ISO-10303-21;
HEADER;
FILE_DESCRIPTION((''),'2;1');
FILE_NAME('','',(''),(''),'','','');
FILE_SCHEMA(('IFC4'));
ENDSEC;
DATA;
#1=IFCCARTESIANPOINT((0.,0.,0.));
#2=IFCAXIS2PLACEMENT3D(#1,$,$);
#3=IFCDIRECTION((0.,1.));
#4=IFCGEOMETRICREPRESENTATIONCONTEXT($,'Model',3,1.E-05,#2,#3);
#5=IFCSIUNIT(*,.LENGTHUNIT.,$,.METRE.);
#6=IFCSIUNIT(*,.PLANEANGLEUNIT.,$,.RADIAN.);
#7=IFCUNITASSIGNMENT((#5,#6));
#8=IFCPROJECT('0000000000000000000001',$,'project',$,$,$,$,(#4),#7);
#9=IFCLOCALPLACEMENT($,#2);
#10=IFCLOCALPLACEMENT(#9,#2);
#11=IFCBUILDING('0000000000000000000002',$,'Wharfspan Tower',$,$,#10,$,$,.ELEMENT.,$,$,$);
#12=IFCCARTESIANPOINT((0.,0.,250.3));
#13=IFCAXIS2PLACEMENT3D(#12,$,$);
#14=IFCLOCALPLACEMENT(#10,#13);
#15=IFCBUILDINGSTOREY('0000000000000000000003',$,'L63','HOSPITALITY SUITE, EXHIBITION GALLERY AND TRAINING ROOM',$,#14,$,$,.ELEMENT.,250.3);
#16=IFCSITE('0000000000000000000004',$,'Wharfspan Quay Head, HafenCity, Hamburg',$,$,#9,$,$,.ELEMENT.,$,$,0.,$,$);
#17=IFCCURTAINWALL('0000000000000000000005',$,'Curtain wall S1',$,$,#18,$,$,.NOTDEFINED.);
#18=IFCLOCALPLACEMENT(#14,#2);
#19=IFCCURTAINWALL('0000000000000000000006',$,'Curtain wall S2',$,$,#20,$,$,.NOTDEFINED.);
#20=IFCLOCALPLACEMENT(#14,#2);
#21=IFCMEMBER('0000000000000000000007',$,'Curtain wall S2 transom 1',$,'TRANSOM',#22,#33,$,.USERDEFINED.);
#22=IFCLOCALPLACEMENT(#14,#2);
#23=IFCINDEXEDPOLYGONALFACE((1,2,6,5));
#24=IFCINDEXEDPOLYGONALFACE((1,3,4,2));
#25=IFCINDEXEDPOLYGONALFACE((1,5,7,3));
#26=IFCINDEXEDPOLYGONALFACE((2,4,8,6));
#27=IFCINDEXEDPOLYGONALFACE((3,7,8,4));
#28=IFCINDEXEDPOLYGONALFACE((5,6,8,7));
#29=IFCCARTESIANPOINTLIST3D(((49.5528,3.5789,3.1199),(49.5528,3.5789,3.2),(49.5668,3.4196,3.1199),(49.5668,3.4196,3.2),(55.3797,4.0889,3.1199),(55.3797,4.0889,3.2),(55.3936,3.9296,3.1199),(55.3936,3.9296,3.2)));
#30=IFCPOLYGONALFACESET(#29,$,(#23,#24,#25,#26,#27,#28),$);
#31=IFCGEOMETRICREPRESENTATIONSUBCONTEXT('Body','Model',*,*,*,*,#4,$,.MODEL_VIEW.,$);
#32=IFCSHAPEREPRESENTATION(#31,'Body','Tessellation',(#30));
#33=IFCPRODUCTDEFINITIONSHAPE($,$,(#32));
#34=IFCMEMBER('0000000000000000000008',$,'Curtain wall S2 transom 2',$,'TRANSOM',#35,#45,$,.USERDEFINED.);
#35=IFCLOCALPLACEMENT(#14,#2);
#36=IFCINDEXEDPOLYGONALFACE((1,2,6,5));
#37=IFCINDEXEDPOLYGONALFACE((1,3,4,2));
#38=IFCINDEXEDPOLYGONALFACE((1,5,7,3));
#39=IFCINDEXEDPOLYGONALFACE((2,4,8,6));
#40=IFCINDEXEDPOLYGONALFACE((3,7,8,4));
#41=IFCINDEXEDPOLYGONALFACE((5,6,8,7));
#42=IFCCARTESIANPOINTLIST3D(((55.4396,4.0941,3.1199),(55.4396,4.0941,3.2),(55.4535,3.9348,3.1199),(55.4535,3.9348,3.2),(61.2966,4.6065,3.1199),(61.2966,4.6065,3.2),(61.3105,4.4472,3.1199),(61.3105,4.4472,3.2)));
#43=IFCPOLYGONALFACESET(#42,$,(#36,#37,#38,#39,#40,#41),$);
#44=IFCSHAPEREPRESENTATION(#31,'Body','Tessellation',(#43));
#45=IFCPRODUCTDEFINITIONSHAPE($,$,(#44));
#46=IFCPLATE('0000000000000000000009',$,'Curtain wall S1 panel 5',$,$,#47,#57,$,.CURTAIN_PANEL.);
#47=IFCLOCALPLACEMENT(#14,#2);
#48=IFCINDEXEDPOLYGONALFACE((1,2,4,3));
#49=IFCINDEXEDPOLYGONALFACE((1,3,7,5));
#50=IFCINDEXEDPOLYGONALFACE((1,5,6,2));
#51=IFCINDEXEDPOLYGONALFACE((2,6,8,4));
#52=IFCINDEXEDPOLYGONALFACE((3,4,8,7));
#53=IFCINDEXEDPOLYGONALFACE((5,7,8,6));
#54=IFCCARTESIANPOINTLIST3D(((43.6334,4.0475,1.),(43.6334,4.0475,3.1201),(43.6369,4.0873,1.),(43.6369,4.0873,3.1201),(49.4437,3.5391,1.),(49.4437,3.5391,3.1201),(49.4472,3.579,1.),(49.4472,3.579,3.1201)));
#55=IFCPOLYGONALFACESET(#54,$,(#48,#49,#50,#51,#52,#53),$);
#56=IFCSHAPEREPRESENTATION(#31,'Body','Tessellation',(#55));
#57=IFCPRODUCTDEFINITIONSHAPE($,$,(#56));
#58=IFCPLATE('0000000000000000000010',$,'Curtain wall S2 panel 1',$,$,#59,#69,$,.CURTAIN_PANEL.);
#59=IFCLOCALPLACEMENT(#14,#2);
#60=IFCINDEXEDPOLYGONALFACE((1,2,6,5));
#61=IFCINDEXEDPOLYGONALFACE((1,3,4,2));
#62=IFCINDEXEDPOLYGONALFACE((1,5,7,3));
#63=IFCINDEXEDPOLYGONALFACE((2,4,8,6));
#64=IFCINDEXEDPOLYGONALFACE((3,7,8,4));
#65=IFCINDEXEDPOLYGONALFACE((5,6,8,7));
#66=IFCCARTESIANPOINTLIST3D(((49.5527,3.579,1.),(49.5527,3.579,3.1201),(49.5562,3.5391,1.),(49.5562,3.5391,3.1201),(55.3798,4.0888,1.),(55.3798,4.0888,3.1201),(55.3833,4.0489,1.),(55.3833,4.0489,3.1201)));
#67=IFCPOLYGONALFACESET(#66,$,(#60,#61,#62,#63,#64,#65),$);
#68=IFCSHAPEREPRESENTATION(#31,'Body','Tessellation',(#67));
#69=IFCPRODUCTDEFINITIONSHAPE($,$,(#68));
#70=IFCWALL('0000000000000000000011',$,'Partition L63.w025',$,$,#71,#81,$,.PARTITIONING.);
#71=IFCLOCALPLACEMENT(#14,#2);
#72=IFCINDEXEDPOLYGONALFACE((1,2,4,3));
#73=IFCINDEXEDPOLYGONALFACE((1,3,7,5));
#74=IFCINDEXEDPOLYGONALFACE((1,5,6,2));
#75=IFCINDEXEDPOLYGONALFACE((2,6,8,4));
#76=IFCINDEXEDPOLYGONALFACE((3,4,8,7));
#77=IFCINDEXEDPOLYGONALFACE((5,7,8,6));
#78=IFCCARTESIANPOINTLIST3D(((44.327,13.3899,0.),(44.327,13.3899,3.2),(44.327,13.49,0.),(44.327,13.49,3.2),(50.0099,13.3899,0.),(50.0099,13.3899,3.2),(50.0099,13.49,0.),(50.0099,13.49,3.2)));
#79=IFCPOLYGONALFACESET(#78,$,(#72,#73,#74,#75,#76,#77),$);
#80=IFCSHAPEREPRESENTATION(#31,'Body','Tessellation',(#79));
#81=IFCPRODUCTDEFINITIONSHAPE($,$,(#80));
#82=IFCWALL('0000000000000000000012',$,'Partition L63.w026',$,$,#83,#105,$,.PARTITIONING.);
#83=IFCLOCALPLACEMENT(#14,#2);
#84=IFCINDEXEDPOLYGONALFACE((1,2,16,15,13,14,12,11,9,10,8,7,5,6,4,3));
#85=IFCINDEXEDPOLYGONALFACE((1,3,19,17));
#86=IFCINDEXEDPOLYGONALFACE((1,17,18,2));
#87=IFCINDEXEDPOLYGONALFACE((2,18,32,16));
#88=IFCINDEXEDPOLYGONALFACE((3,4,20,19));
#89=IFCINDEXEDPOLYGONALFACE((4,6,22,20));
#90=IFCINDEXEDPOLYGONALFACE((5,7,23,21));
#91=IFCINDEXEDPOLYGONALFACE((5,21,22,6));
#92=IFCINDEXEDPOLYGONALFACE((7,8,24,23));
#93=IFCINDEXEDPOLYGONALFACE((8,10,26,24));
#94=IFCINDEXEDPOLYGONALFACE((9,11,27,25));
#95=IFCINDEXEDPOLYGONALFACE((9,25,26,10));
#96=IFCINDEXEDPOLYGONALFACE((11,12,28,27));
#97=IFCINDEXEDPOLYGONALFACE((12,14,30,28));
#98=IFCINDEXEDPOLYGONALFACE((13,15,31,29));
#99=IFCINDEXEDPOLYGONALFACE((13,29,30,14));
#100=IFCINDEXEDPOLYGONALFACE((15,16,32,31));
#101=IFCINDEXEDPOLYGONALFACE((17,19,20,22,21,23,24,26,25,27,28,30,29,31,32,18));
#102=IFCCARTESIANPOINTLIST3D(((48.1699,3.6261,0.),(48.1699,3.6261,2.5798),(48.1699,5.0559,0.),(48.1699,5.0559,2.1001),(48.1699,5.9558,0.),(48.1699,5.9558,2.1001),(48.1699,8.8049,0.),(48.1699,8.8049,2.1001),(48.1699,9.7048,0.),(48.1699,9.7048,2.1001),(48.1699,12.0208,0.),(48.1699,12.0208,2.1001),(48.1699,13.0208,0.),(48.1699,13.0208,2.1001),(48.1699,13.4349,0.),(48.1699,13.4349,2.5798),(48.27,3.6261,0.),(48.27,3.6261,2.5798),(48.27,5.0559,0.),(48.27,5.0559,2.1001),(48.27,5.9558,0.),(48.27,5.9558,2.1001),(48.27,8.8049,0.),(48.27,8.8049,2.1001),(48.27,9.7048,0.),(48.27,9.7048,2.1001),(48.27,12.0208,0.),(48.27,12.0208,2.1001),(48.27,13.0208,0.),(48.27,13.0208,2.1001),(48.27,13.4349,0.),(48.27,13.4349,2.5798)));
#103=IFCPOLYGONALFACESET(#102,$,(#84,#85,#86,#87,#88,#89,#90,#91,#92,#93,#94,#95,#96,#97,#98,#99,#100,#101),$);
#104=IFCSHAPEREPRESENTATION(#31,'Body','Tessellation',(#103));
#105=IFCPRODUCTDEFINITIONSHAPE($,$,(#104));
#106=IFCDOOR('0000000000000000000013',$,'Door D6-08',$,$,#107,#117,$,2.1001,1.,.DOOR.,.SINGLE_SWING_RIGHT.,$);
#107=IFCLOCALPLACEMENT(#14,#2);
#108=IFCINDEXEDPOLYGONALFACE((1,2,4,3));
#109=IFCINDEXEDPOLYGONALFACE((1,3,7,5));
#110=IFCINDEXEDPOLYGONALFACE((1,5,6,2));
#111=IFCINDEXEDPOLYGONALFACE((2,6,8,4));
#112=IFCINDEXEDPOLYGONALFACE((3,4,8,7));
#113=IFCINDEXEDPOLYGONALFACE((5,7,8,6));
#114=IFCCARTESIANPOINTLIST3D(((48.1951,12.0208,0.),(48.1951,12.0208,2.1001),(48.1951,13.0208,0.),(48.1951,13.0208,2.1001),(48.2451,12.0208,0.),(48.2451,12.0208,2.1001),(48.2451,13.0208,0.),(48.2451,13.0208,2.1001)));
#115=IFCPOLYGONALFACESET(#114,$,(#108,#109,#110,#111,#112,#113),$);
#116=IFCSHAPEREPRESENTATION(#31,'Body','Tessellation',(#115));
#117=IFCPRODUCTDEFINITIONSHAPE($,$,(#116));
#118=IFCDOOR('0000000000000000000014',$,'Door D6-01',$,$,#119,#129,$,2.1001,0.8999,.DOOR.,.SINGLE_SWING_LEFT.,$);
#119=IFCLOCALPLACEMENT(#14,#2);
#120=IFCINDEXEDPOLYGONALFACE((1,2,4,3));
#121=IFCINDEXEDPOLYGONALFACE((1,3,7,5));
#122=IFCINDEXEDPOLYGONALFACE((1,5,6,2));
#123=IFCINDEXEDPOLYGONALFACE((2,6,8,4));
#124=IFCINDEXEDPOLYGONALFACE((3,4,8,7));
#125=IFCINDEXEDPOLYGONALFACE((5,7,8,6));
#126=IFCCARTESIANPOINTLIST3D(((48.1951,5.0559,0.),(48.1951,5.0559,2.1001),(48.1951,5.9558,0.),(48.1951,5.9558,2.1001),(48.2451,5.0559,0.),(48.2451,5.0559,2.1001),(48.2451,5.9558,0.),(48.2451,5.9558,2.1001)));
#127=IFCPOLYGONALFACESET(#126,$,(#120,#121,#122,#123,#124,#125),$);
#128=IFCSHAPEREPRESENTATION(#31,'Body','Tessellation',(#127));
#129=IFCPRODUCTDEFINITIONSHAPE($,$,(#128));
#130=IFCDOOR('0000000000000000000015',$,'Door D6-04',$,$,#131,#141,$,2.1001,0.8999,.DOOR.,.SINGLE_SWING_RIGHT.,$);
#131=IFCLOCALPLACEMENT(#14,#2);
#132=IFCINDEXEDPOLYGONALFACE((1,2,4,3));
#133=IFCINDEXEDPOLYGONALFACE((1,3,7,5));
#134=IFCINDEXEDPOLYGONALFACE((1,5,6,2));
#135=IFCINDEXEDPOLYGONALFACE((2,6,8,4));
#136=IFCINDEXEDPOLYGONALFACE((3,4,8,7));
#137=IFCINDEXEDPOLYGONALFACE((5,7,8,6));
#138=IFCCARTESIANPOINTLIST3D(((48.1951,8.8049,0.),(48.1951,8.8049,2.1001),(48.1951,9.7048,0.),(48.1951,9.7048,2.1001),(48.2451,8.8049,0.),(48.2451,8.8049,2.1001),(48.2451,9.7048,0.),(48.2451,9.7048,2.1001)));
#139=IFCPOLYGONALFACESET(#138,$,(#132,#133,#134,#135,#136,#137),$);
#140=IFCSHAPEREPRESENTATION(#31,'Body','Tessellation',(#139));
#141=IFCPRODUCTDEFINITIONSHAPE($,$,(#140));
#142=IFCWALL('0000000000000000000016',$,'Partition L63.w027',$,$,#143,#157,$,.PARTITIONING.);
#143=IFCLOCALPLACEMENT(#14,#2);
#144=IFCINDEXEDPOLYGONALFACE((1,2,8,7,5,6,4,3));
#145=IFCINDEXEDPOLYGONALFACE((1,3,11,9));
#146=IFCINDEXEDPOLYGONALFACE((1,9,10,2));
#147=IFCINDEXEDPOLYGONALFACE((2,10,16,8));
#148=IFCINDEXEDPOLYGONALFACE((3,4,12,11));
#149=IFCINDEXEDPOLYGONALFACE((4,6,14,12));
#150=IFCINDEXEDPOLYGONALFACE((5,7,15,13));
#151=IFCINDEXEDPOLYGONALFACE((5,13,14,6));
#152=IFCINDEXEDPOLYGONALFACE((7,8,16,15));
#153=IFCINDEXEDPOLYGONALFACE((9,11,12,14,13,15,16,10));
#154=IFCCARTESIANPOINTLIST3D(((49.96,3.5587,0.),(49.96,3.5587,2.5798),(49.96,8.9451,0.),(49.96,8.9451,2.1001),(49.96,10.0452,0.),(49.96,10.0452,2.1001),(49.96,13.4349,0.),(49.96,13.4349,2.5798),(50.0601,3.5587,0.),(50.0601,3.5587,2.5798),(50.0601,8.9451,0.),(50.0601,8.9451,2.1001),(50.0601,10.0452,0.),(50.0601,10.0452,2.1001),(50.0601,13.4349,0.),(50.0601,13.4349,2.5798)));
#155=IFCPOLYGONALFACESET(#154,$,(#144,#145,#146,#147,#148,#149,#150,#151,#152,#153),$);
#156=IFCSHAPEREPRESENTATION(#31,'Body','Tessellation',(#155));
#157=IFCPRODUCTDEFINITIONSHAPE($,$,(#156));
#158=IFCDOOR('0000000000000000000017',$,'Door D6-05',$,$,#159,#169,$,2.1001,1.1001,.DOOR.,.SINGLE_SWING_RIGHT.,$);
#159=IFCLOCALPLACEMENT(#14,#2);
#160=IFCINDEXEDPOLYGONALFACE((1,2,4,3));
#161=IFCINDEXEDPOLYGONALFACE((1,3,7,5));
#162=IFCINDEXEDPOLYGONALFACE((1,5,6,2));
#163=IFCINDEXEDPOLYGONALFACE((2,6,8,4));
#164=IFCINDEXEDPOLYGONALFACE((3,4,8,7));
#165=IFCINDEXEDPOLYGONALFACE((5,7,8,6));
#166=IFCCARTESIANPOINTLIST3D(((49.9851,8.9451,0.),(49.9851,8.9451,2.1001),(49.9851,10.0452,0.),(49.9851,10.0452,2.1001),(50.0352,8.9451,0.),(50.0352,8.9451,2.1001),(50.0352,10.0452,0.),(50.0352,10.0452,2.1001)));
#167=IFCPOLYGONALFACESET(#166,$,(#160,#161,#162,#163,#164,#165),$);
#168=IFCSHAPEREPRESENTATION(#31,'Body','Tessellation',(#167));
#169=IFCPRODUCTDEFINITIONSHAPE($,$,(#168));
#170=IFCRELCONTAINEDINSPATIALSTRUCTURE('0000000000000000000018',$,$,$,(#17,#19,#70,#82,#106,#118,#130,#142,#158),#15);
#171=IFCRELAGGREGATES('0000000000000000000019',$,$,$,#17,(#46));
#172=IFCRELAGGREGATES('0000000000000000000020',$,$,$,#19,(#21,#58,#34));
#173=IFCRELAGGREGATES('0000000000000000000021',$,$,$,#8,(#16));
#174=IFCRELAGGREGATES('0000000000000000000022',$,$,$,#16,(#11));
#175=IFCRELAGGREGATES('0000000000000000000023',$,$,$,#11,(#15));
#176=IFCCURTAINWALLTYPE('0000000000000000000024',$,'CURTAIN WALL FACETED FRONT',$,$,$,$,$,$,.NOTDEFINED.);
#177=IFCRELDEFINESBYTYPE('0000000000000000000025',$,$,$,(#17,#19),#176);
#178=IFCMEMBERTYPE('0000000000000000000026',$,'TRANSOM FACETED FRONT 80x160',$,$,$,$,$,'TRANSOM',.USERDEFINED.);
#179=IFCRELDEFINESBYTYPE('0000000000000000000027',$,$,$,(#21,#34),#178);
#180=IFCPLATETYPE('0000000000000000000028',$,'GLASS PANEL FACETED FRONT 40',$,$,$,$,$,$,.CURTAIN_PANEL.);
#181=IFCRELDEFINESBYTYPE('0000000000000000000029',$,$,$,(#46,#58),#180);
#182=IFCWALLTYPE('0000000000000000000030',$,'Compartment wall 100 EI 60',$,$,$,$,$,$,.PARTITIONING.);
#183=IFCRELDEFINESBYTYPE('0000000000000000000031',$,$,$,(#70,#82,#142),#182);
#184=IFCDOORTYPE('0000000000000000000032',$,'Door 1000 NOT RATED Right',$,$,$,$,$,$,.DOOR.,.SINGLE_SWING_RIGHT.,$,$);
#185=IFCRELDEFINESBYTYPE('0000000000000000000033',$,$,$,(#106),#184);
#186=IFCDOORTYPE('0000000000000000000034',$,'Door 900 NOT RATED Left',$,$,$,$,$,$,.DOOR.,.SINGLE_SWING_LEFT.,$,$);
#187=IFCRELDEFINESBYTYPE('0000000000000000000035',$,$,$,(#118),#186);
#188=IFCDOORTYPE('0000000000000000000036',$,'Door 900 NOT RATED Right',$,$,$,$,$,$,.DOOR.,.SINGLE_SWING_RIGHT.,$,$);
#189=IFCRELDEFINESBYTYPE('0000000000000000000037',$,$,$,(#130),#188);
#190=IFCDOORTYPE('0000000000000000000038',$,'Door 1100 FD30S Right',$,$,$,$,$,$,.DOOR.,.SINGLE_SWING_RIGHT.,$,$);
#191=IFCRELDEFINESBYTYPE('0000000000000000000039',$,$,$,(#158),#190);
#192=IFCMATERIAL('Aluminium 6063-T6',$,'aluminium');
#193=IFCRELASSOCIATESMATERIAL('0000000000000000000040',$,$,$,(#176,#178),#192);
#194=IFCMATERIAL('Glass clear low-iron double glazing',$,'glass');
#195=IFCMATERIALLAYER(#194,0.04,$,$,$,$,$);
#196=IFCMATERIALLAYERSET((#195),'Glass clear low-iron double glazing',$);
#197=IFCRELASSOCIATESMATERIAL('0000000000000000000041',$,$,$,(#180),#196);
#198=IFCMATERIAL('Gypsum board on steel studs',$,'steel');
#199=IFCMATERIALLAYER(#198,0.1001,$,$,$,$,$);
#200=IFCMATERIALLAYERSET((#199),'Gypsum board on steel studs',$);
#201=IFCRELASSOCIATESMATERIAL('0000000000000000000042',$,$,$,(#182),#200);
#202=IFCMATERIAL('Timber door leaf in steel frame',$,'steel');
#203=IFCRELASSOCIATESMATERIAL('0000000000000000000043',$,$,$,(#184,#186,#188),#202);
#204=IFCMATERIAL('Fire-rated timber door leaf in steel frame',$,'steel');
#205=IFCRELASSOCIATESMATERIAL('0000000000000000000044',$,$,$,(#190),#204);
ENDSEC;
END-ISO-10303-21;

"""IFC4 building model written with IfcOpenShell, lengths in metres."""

from ifc_helpers import new_model, si_unit, direction, frame, frame_2d, origin, origin_2d, place, context, subcontext, project, spatial, rectangle, extrude, material, layer, layer_set, material_profile, profile_set, type_object, element, fill, aggregate, save


model = new_model("IFC4")

# Units and contexts
model_context = context("Model", 3, precision=1e-05, world=origin(), true_north=direction((0.0, 1.0)))
body_context = subcontext(model_context, "Body", "Model", "MODEL_VIEW")
ifc_project = project(units=[si_unit("LENGTHUNIT", "METRE"), si_unit("PLANEANGLEUNIT", "RADIAN")], contexts=[model_context])

# Site, building, storey
site_placement = place(None, origin())
site = spatial("IfcSite", under=ifc_project, at=site_placement, Name="Wharfspan Quay Head, HafenCity, Hamburg", CompositionType="ELEMENT", RefElevation=0.0)
building_placement = place(site_placement, origin())
building = spatial("IfcBuilding", under=site, at=building_placement, Name="Wharfspan Tower", CompositionType="ELEMENT")
storey_placement = place(building_placement, frame((0.0, 0.0, 250.3)))
storey = spatial("IfcBuildingStorey", under=building, at=storey_placement, Name="L63", Description="HOSPITALITY SUITE, EXHIBITION GALLERY AND TRAINING ROOM", CompositionType="ELEMENT", Elevation=250.3)

# Curtain wall
ifc_material_1 = material(Name="Aluminium 6063-T6", Category="aluminium")
curtain_wall_type = type_object("IfcCurtainWallType", Name="CURTAIN WALL FACETED FRONT", PredefinedType="NOTDEFINED", material=ifc_material_1)
curtain_wall_1_placement = place(storey_placement, origin())
curtain_wall_1 = element("IfcCurtainWall", 1, at=curtain_wall_1_placement, inside=storey, type_object=curtain_wall_type, Name="Curtain wall S1", PredefinedType="NOTDEFINED")

# Curtain wall, members
curtain_wall_2_placement = place(storey_placement, origin())
curtain_wall_2 = element("IfcCurtainWall", 2, at=curtain_wall_2_placement, inside=storey, type_object=curtain_wall_type, Name="Curtain wall S2", PredefinedType="NOTDEFINED")
ifc_material_profile_1 = material_profile(ifc_material_1, rectangle(XDim=0.1599, YDim=0.0801, at=origin_2d()))
ifc_profile_set_1 = profile_set([ifc_material_profile_1], Name="Aluminium 6063-T6")
member_type_1 = type_object("IfcMemberType", Name="TRANSOM FACETED FRONT 80x160", ElementType="TRANSOM", PredefinedType="USERDEFINED", material=ifc_profile_set_1)
member_1_placement = place(storey_placement, frame((49.5598, 3.4993, 3.1599), z_axis=(0.996191, 0.087193, 0.0), x_axis=(-0.087193, 0.996191, 0.0)))
member_1 = element("IfcMember", 3, at=member_1_placement, type_object=member_type_1, Name="Curtain wall S2 transom 1", ObjectType="TRANSOM", PredefinedType="USERDEFINED", context=body_context, shape_type="SweptSolid", body=[
    extrude(rectangle(XDim=0.1599, YDim=0.0801, at=origin_2d()), origin(), (0.0, 0.0, 1.0), 5.8491),
])
member_2_placement = place(storey_placement, frame((55.4465, 4.0144, 3.1599), z_axis=(0.996194, 0.087162, 0.0), x_axis=(-0.087162, 0.996194, 0.0)))
member_2 = element("IfcMember", 4, at=member_2_placement, type_object=member_type_1, Name="Curtain wall S2 transom 2", ObjectType="TRANSOM", PredefinedType="USERDEFINED", context=body_context, shape_type="SweptSolid", body=[
    extrude(rectangle(XDim=0.1599, YDim=0.0801, at=origin_2d()), origin(), (0.0, 0.0, 1.0), 5.8794),
])

# Plates
ifc_material_2 = material(Name="Glass clear low-iron double glazing", Category="glass")
ifc_layer_1 = layer(ifc_material_2, 0.04)
ifc_layer_set_1 = layer_set([ifc_layer_1], Name="Glass clear low-iron double glazing")
plate_type = type_object("IfcPlateType", Name="GLASS PANEL FACETED FRONT 40", PredefinedType="CURTAIN_PANEL", material=ifc_layer_set_1)
plate_1_placement = place(storey_placement, frame((46.5403, 3.8132, 1.0), z_axis=(0.0, 0.0, 1.0), x_axis=(0.996197, -0.087156, 0.0)))
plate_1 = element("IfcPlate", 5, at=plate_1_placement, type_object=plate_type, Name="Curtain wall S1 panel 5", PredefinedType="CURTAIN_PANEL", context=body_context, shape_type="SweptSolid", body=[
    extrude(rectangle(XDim=5.8325, YDim=0.04, at=origin_2d()), origin(), (0.0, 0.0, 1.0), 2.1201),
])
aggregate(curtain_wall_1, [plate_1])
plate_2_placement = place(storey_placement, frame((52.468, 3.814, 1.0), z_axis=(0.0, 0.0, 1.0), x_axis=(0.996197, 0.087156, 0.0)))
plate_2 = element("IfcPlate", 6, at=plate_2_placement, type_object=plate_type, Name="Curtain wall S2 panel 1", PredefinedType="CURTAIN_PANEL", context=body_context, shape_type="SweptSolid", body=[
    extrude(rectangle(XDim=5.8494, YDim=0.04, at=origin_2d()), origin(), (0.0, 0.0, 1.0), 2.1201),
])
aggregate(curtain_wall_2, [member_1, plate_2, member_2])

# Wall
ifc_material_3 = material(Name="Gypsum board on steel studs", Category="steel")
ifc_layer_2 = layer(ifc_material_3, 0.1001)
ifc_layer_set_2 = layer_set([ifc_layer_2], Name="Gypsum board on steel studs")
wall_type_1 = type_object("IfcWallType", Name="Compartment wall 100 EI 60", PredefinedType="PARTITIONING", material=ifc_layer_set_2)
wall_1_placement = place(storey_placement, frame((44.3271, 13.4399, 0.0), z_axis=(0.0, 0.0, 1.0), x_axis=(1.0, 0.0, 0.0)))
element("IfcWall", 7, at=wall_1_placement, inside=storey, type_object=wall_type_1, Name="Partition L63.w025", PredefinedType="PARTITIONING", context=body_context, shape_type="SweptSolid", body=[
    extrude(rectangle(XDim=5.6829, YDim=0.1001, at=frame_2d((2.8413, 0.0))), origin(), (0.0, 0.0, 1.0), 3.2),
])

# Wall, openings, doors
wall_2_placement = place(storey_placement, frame((48.22, 3.6262, 0.0), z_axis=(0.0, 0.0, 1.0), x_axis=(0.0, 1.0, 0.0)))
wall_2 = element("IfcWall", 8, at=wall_2_placement, inside=storey, type_object=wall_type_1, Name="Partition L63.w026", PredefinedType="PARTITIONING", context=body_context, shape_type="SweptSolid", body=[
    extrude(rectangle(XDim=9.8088, YDim=0.1001, at=frame_2d((4.9043, 0.0))), origin(), (0.0, 0.0, 1.0), 2.5798),
])
opening_1_placement = place(wall_2_placement, frame((1.4297, 0.0, 0.0)))
opening_1 = element("IfcOpeningElement", 9, at=opening_1_placement, cuts=wall_2, PredefinedType="OPENING", context=body_context, shape_type="SweptSolid", body=[
    extrude(rectangle(XDim=0.8999, YDim=2.1001, at=frame_2d((0.45, 1.05))), frame((0.0, 0.0601, 0.0), z_axis=(0.0, -1.0, 0.0), x_axis=(1.0, 0.0, 0.0)), (0.0, 0.0, 1.0), 0.1201),
])
opening_2_placement = place(wall_2_placement, frame((5.1787, 0.0, 0.0)))
opening_2 = element("IfcOpeningElement", 10, at=opening_2_placement, cuts=wall_2, PredefinedType="OPENING", context=body_context, shape_type="SweptSolid", body=[
    extrude(rectangle(XDim=0.8999, YDim=2.1001, at=frame_2d((0.45, 1.05))), frame((0.0, 0.0601, 0.0), z_axis=(0.0, -1.0, 0.0), x_axis=(1.0, 0.0, 0.0)), (0.0, 0.0, 1.0), 0.1201),
])
opening_3_placement = place(wall_2_placement, frame((8.3945, 0.0, 0.0)))
opening_3 = element("IfcOpeningElement", 11, at=opening_3_placement, cuts=wall_2, PredefinedType="OPENING", context=body_context, shape_type="SweptSolid", body=[
    extrude(rectangle(XDim=1.0, YDim=2.1001, at=frame_2d((0.5, 1.05))), frame((0.0, 0.0601, 0.0), z_axis=(0.0, -1.0, 0.0), x_axis=(1.0, 0.0, 0.0)), (0.0, 0.0, 1.0), 0.1201),
])
ifc_material_4 = material(Name="Timber door leaf in steel frame", Category="steel")
door_type_1 = type_object("IfcDoorType", Name="Door 1000 NOT RATED Right", OperationType="SINGLE_SWING_RIGHT", PredefinedType="DOOR", material=ifc_material_4)
door_1_placement = place(opening_3_placement, origin())
door_1 = element("IfcDoor", 12, at=door_1_placement, inside=storey, type_object=door_type_1, Name="Door D6-08", OperationType="SINGLE_SWING_RIGHT", OverallHeight=2.1001, OverallWidth=1.0, PredefinedType="DOOR", context=body_context, shape_type="SweptSolid", body=[
    extrude(rectangle(XDim=1.0, YDim=2.1001, at=frame_2d((0.5, 1.05))), frame((0.0, 0.0249, 0.0), z_axis=(0.0, -1.0, 0.0), x_axis=(1.0, 0.0, 0.0)), (0.0, 0.0, 1.0), 0.05),
])
fill(opening_3, door_1)
door_type_2 = type_object("IfcDoorType", Name="Door 900 NOT RATED Left", OperationType="SINGLE_SWING_LEFT", PredefinedType="DOOR", material=ifc_material_4)
door_2_placement = place(opening_1_placement, origin())
door_2 = element("IfcDoor", 13, at=door_2_placement, inside=storey, type_object=door_type_2, Name="Door D6-01", OperationType="SINGLE_SWING_LEFT", OverallHeight=2.1001, OverallWidth=0.8999, PredefinedType="DOOR", context=body_context, shape_type="SweptSolid", body=[
    extrude(rectangle(XDim=0.8999, YDim=2.1001, at=frame_2d((0.45, 1.05))), frame((0.0, 0.0249, 0.0), z_axis=(0.0, -1.0, 0.0), x_axis=(1.0, 0.0, 0.0)), (0.0, 0.0, 1.0), 0.05),
])
fill(opening_1, door_2)
door_type_3 = type_object("IfcDoorType", Name="Door 900 NOT RATED Right", OperationType="SINGLE_SWING_RIGHT", PredefinedType="DOOR", material=ifc_material_4)
door_3_placement = place(opening_2_placement, origin())
door_3 = element("IfcDoor", 14, at=door_3_placement, inside=storey, type_object=door_type_3, Name="Door D6-04", OperationType="SINGLE_SWING_RIGHT", OverallHeight=2.1001, OverallWidth=0.8999, PredefinedType="DOOR", context=body_context, shape_type="SweptSolid", body=[
    extrude(rectangle(XDim=0.8999, YDim=2.1001, at=frame_2d((0.45, 1.05))), frame((0.0, 0.0249, 0.0), z_axis=(0.0, -1.0, 0.0), x_axis=(1.0, 0.0, 0.0)), (0.0, 0.0, 1.0), 0.05),
])
fill(opening_2, door_3)

# Wall, opening, door
wall_3_placement = place(storey_placement, frame((50.01, 3.5588, 0.0), z_axis=(0.0, 0.0, 1.0), x_axis=(0.0, 1.0, 0.0)))
wall_3 = element("IfcWall", 15, at=wall_3_placement, inside=storey, type_object=wall_type_1, Name="Partition L63.w027", PredefinedType="PARTITIONING", context=body_context, shape_type="SweptSolid", body=[
    extrude(rectangle(XDim=9.8762, YDim=0.1001, at=frame_2d((4.938, 0.0))), origin(), (0.0, 0.0, 1.0), 2.5798),
])
opening_4_placement = place(wall_3_placement, frame((5.3862, 0.0, 0.0)))
opening_4 = element("IfcOpeningElement", 16, at=opening_4_placement, cuts=wall_3, PredefinedType="OPENING", context=body_context, shape_type="SweptSolid", body=[
    extrude(rectangle(XDim=1.1001, YDim=2.1001, at=frame_2d((0.55, 1.05))), frame((0.0, 0.0601, 0.0), z_axis=(0.0, -1.0, 0.0), x_axis=(1.0, 0.0, 0.0)), (0.0, 0.0, 1.0), 0.1201),
])
ifc_material_5 = material(Name="Fire-rated timber door leaf in steel frame", Category="steel")
door_type_4 = type_object("IfcDoorType", Name="Door 1100 FD30S Right", OperationType="SINGLE_SWING_RIGHT", PredefinedType="DOOR", material=ifc_material_5)
door_4_placement = place(opening_4_placement, origin())
door_4 = element("IfcDoor", 17, at=door_4_placement, inside=storey, type_object=door_type_4, Name="Door D6-05", OperationType="SINGLE_SWING_RIGHT", OverallHeight=2.1001, OverallWidth=1.1001, PredefinedType="DOOR", context=body_context, shape_type="SweptSolid", body=[
    extrude(rectangle(XDim=1.1001, YDim=2.1001, at=frame_2d((0.55, 1.05))), frame((0.0, 0.0249, 0.0), z_axis=(0.0, -1.0, 0.0), x_axis=(1.0, 0.0, 0.0)), (0.0, 0.0, 1.0), 0.05),
])
fill(opening_4, door_4)

save(model, "model.ifc")
